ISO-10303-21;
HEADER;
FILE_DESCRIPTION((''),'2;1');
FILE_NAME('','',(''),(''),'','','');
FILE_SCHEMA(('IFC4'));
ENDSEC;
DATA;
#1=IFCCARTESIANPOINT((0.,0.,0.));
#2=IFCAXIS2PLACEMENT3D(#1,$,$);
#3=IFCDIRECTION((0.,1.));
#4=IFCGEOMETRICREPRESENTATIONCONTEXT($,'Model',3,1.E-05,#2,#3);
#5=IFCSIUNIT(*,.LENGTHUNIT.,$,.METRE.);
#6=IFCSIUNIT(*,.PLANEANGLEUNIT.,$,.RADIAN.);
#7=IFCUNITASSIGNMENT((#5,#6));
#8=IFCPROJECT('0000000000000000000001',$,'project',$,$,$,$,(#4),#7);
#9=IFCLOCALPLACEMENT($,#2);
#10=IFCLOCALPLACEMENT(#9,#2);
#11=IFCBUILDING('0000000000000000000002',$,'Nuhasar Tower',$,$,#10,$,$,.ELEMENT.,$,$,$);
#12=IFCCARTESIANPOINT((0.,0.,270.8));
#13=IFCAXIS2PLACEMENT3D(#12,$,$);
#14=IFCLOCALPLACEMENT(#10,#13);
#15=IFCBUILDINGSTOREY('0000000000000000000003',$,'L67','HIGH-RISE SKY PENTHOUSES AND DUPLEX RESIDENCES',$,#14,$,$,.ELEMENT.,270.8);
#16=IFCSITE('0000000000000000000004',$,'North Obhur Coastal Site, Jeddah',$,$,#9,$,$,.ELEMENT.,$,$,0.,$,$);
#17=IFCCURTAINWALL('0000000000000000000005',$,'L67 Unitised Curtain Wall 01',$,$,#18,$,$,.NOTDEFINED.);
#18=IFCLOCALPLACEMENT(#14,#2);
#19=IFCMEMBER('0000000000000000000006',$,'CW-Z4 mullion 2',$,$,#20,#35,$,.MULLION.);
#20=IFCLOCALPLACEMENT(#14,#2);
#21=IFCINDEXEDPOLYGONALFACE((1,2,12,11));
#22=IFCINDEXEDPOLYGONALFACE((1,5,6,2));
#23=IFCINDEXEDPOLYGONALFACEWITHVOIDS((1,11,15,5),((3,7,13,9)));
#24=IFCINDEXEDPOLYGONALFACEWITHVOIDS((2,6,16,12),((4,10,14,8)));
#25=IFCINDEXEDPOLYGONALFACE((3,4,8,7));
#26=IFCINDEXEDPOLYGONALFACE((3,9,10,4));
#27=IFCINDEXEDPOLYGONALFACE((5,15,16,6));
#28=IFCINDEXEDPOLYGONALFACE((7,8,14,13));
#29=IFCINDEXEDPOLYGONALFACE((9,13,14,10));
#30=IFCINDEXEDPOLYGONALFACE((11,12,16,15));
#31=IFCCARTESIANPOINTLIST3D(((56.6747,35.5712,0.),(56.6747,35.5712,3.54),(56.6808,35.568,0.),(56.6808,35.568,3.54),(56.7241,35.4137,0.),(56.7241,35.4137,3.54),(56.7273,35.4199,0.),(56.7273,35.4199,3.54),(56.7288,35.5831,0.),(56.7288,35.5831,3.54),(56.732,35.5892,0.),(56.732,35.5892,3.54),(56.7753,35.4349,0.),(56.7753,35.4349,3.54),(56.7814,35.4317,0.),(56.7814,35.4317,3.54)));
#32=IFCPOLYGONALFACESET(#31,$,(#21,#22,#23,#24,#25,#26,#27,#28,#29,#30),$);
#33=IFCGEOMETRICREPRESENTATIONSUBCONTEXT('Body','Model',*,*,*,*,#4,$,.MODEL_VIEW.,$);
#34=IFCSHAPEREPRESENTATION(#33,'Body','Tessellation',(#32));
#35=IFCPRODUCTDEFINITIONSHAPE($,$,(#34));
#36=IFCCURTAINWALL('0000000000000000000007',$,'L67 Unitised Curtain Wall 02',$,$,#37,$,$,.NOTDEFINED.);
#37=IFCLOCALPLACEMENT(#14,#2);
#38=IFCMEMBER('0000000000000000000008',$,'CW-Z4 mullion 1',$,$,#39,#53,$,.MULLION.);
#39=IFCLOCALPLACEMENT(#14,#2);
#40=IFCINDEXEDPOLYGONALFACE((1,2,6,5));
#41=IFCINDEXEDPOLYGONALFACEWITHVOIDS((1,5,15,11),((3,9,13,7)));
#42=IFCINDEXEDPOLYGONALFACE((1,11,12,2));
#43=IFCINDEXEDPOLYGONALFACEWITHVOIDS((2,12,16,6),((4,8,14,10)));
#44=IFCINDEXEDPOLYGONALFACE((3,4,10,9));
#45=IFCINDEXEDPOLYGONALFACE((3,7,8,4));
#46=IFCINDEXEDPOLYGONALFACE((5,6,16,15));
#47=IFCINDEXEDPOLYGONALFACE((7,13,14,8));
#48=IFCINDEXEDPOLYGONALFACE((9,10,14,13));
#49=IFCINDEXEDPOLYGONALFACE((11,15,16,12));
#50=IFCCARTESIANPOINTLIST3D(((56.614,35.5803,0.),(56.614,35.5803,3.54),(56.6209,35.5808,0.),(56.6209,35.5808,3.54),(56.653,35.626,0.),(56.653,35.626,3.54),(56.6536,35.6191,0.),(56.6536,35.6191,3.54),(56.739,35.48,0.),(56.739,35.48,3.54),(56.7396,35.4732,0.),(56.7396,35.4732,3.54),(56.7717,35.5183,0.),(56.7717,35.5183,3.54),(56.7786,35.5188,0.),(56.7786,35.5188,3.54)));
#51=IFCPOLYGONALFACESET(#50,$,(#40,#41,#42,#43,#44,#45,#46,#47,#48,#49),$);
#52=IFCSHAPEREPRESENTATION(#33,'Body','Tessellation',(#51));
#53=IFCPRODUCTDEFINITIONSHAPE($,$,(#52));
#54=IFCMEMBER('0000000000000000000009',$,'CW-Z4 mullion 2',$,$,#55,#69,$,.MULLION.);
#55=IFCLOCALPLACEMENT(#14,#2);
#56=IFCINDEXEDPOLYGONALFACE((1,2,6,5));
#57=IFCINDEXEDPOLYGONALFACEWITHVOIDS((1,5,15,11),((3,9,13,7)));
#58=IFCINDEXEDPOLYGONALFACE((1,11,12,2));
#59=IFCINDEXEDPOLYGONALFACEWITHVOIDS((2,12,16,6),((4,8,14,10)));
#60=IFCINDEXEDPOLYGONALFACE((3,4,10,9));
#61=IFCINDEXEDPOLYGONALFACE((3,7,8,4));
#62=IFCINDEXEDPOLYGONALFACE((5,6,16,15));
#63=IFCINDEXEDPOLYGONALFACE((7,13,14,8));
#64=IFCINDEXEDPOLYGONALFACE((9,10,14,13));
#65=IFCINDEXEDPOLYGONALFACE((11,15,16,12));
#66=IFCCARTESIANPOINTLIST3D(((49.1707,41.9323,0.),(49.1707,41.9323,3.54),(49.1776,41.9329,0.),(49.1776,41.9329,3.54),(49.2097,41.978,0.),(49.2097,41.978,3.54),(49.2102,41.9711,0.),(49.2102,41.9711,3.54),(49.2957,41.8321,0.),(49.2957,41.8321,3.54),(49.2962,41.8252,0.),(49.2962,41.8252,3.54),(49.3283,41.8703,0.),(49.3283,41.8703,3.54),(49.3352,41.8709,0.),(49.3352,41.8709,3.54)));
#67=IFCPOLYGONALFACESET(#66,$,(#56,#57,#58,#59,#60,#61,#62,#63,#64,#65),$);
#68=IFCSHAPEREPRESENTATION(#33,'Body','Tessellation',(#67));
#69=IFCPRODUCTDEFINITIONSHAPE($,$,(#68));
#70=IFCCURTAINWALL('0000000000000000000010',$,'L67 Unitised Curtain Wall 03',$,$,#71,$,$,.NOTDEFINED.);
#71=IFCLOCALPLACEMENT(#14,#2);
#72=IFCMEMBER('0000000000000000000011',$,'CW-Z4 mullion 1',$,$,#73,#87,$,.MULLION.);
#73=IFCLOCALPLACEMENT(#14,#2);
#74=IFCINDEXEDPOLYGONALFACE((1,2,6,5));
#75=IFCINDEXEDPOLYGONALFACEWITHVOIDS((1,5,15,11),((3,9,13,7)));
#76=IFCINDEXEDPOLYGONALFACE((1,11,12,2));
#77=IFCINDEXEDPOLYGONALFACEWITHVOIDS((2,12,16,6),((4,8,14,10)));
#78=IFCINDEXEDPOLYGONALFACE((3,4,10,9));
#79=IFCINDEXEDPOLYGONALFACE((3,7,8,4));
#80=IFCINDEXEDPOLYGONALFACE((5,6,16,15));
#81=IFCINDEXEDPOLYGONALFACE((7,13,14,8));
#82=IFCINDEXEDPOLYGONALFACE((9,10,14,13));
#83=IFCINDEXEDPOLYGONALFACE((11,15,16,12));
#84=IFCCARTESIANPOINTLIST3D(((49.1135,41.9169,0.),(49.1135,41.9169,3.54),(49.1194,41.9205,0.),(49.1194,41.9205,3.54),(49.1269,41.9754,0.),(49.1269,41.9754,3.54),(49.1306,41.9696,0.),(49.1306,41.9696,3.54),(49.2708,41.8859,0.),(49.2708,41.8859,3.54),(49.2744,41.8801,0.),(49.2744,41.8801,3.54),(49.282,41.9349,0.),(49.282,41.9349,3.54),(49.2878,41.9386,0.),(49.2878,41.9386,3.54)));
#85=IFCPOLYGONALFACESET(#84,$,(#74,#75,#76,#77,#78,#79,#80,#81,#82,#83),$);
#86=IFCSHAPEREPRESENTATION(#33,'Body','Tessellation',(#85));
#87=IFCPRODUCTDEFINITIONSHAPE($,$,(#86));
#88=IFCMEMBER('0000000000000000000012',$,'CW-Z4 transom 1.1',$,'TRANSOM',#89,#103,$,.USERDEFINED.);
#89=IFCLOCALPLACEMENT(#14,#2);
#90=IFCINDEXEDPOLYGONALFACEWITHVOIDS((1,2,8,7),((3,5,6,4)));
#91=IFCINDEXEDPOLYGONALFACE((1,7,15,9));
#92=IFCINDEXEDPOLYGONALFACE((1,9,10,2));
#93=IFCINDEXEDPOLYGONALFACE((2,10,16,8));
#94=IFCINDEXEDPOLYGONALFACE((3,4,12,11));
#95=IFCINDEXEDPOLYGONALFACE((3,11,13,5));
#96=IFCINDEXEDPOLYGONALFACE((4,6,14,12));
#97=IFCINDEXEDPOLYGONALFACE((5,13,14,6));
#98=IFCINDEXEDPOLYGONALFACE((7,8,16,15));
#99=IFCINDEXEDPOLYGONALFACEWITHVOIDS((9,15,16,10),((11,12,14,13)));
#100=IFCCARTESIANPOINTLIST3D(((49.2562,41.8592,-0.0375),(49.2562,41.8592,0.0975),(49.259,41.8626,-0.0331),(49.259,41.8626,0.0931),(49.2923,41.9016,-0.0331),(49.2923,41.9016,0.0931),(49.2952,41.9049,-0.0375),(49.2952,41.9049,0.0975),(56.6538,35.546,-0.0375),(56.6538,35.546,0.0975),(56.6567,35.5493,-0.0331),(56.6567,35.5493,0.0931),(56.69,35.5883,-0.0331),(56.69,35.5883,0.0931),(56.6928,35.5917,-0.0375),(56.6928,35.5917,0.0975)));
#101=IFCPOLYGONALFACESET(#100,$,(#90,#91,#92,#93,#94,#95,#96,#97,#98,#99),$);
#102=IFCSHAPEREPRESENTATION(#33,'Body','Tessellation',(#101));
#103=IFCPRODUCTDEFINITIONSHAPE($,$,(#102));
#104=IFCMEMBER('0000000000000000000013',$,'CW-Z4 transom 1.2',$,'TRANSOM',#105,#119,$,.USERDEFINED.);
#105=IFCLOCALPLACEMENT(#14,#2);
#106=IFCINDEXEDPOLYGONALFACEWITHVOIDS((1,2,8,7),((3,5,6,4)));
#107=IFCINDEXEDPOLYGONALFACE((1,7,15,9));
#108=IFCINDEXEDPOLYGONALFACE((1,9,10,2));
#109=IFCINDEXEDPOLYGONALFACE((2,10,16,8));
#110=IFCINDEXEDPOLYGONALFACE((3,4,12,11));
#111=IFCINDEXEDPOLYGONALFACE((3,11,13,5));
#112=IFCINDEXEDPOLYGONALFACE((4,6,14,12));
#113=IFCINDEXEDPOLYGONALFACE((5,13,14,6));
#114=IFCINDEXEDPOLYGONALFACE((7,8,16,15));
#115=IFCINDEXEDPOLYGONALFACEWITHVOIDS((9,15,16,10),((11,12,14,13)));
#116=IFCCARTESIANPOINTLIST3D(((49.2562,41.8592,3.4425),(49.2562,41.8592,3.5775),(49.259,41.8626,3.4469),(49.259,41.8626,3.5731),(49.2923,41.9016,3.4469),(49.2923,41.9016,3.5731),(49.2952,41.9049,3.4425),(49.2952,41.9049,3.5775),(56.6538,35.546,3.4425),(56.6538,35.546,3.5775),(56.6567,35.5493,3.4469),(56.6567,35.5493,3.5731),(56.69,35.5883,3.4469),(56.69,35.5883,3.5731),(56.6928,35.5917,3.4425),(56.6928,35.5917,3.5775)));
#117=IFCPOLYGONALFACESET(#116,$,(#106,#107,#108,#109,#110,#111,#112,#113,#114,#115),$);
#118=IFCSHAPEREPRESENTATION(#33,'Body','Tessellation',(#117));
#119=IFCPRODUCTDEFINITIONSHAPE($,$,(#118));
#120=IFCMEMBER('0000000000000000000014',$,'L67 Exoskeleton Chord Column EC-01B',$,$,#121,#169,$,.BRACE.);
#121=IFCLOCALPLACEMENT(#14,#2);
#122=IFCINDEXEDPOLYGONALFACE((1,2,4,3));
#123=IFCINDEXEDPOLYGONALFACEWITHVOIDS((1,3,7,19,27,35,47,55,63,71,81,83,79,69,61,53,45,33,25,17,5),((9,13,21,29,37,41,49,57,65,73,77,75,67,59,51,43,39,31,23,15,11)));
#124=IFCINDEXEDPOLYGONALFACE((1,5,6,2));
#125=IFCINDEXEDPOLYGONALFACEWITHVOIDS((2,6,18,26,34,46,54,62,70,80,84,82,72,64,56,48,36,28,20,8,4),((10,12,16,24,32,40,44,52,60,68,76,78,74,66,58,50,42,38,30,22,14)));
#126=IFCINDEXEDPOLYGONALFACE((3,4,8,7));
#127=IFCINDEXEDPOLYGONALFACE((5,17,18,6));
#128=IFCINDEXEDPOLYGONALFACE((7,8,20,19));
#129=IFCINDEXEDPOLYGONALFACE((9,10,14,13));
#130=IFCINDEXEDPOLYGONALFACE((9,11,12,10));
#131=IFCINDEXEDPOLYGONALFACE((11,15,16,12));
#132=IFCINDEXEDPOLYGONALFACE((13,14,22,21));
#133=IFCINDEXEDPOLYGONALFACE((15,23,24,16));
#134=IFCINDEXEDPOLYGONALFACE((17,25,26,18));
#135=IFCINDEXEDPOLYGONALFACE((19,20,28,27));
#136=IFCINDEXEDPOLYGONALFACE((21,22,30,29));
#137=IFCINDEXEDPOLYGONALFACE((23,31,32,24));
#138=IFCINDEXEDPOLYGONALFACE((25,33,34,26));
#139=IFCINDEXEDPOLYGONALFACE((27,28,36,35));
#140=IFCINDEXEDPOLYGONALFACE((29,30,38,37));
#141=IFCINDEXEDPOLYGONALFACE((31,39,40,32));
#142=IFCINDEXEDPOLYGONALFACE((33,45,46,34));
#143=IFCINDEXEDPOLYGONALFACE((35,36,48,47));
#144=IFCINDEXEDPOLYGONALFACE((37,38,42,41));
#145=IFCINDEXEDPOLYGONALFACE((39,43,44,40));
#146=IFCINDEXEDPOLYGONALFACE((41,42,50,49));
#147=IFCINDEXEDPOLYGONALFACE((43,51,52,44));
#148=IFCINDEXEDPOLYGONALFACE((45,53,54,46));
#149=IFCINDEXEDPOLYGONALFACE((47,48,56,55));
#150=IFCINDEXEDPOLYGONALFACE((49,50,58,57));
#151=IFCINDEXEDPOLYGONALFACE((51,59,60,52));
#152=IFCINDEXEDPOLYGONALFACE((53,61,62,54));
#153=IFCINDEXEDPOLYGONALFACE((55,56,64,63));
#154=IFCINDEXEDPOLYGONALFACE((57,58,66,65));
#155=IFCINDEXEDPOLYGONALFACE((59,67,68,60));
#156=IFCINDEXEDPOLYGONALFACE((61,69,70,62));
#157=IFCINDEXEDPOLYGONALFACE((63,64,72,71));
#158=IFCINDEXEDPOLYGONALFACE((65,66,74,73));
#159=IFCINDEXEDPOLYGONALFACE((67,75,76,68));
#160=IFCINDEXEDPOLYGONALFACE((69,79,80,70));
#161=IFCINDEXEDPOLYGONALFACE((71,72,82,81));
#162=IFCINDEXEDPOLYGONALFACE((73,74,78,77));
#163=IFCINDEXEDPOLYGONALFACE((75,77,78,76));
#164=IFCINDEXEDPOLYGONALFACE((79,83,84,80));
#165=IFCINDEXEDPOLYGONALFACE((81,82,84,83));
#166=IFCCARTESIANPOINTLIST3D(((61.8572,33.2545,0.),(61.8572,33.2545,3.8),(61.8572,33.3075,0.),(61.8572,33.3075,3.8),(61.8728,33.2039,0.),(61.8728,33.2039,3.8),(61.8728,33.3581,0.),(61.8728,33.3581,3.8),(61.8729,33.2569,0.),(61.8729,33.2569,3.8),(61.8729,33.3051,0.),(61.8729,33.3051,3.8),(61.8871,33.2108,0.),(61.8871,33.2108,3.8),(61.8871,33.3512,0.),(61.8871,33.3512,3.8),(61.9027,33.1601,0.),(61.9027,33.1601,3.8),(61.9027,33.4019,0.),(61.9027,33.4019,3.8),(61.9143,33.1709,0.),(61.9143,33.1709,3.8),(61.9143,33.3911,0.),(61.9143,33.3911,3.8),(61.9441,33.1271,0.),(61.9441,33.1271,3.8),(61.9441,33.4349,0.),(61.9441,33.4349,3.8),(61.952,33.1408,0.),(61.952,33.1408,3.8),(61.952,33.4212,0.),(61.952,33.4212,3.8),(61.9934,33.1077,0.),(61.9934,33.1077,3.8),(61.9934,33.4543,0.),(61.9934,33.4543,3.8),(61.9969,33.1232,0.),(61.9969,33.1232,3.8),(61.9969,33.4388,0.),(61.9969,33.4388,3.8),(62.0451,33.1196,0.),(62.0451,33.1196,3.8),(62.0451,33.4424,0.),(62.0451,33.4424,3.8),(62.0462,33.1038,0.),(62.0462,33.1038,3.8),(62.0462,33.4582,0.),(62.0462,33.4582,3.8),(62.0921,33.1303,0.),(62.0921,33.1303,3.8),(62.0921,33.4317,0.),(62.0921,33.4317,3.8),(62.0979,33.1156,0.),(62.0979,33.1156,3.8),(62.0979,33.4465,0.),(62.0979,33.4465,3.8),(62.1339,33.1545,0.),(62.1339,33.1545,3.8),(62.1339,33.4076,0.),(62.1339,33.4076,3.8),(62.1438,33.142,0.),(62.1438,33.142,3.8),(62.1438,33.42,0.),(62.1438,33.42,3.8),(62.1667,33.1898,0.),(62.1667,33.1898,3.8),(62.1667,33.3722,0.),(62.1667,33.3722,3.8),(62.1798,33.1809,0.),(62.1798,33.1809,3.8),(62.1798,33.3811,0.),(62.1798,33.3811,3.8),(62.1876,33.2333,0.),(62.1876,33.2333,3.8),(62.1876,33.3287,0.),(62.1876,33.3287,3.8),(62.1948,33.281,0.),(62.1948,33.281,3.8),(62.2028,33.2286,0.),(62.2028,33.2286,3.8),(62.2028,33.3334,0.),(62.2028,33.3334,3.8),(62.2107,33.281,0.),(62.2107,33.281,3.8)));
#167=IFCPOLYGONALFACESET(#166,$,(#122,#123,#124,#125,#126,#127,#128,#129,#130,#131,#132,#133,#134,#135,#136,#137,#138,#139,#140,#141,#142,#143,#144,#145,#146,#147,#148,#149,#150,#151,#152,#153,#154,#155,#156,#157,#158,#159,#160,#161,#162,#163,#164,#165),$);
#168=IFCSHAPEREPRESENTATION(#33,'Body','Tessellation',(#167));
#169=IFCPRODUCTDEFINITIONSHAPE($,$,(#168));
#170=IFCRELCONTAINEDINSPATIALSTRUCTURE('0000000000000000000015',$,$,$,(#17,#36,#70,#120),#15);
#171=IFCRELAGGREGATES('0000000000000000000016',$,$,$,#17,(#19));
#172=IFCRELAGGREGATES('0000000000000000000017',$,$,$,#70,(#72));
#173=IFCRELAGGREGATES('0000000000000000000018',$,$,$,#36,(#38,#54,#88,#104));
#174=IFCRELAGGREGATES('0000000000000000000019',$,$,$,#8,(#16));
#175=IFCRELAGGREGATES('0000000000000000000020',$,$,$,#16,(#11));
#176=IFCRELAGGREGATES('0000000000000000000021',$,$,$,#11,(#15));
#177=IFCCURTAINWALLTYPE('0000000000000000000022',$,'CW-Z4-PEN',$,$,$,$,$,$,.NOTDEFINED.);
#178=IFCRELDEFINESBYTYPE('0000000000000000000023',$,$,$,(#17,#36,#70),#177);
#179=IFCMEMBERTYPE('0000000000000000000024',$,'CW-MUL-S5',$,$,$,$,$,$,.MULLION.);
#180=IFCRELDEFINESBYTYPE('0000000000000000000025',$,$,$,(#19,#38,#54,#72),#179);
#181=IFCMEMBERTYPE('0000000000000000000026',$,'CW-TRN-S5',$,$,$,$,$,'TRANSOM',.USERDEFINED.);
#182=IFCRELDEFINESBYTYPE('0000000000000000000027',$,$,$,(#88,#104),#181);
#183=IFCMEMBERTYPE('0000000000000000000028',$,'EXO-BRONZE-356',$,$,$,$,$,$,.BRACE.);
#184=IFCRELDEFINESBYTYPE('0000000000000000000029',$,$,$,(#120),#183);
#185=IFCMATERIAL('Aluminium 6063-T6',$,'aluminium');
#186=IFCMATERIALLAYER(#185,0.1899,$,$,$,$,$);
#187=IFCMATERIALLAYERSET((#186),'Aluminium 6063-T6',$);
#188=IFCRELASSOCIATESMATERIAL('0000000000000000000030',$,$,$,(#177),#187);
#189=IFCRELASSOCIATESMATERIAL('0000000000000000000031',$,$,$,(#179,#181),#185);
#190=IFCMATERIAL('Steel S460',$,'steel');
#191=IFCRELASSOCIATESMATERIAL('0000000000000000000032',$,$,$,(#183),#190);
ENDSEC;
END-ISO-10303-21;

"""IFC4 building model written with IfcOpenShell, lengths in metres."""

from ifc_helpers import new_model, si_unit, direction, frame, origin, origin_2d, place, context, subcontext, project, spatial, hollow_rectangle, hollow_circle, extrude, material, layer, layer_set, material_profile, profile_set, type_object, element, aggregate, save


model = new_model("IFC4")

# Units and contexts
model_context = context("Model", 3, precision=1e-05, world=origin(), true_north=direction((0.0, 1.0)))
body_context = subcontext(model_context, "Body", "Model", "MODEL_VIEW")
ifc_project = project(units=[si_unit("LENGTHUNIT", "METRE"), si_unit("PLANEANGLEUNIT", "RADIAN")], contexts=[model_context])

# Site, building, storey
site_placement = place(None, origin())
site = spatial("IfcSite", under=ifc_project, at=site_placement, Name="North Obhur Coastal Site, Jeddah", CompositionType="ELEMENT", RefElevation=0.0)
building_placement = place(site_placement, origin())
building = spatial("IfcBuilding", under=site, at=building_placement, Name="Nuhasar Tower", CompositionType="ELEMENT")
storey_placement = place(building_placement, frame((0.0, 0.0, 270.8)))
storey = spatial("IfcBuildingStorey", under=building, at=storey_placement, Name="L67", Description="HIGH-RISE SKY PENTHOUSES AND DUPLEX RESIDENCES", CompositionType="ELEMENT", Elevation=270.8)

# Curtain wall, member
ifc_material_1 = material(Name="Aluminium 6063-T6", Category="aluminium")
ifc_layer_1 = layer(ifc_material_1, 0.1899)
ifc_layer_set_1 = layer_set([ifc_layer_1], Name="Aluminium 6063-T6")
curtain_wall_type = type_object("IfcCurtainWallType", Name="CW-Z4-PEN", PredefinedType="NOTDEFINED", material=ifc_layer_set_1)
curtain_wall_1_placement = place(storey_placement, origin())
curtain_wall_1 = element("IfcCurtainWall", 1, at=curtain_wall_1_placement, inside=storey, type_object=curtain_wall_type, Name="L67 Unitised Curtain Wall 01", PredefinedType="NOTDEFINED")
ifc_material_profile_1 = material_profile(ifc_material_1, hollow_rectangle(XDim=0.0601, YDim=0.165, WallThickness=0.0049, at=origin_2d()), Name="CWM-5")
ifc_profile_set_1 = profile_set([ifc_material_profile_1], Name="Aluminium 6063-T6")
member_type_1 = type_object("IfcMemberType", Name="CW-MUL-S5", PredefinedType="MULLION", material=ifc_profile_set_1)
member_1_placement = place(storey_placement, frame((56.728, 35.5015, 0.0), z_axis=(0.0, 0.0, 1.0), x_axis=(-0.954079, -0.299557, 0.0)))
member_1 = element("IfcMember", 2, at=member_1_placement, type_object=member_type_1, Name="CW-Z4 mullion 2", PredefinedType="MULLION", context=body_context, shape_type="SweptSolid", body=[
    extrude(hollow_rectangle(XDim=0.0601, YDim=0.165, WallThickness=0.0049, at=origin_2d()), origin(), (0.0, 0.0, 1.0), 3.54),
])
aggregate(curtain_wall_1, [member_1])

# Curtain wall, members
curtain_wall_2_placement = place(storey_placement, origin())
curtain_wall_2 = element("IfcCurtainWall", 3, at=curtain_wall_2_placement, inside=storey, type_object=curtain_wall_type, Name="L67 Unitised Curtain Wall 02", PredefinedType="NOTDEFINED")
member_2_placement = place(storey_placement, frame((56.6963, 35.5496, 0.0), z_axis=(0.0, 0.0, 1.0), x_axis=(-0.649142, -0.760667, 0.0)))
member_2 = element("IfcMember", 4, at=member_2_placement, type_object=member_type_1, Name="CW-Z4 mullion 1", PredefinedType="MULLION", context=body_context, shape_type="SweptSolid", body=[
    extrude(hollow_rectangle(XDim=0.0601, YDim=0.165, WallThickness=0.0049, at=origin_2d()), origin(), (0.0, 0.0, 1.0), 3.54),
])
member_3_placement = place(storey_placement, frame((49.2529, 41.9016, 0.0), z_axis=(0.0, 0.0, 1.0), x_axis=(-0.649142, -0.760667, 0.0)))
member_3 = element("IfcMember", 5, at=member_3_placement, type_object=member_type_1, Name="CW-Z4 mullion 2", PredefinedType="MULLION", context=body_context, shape_type="SweptSolid", body=[
    extrude(hollow_rectangle(XDim=0.0601, YDim=0.165, WallThickness=0.0049, at=origin_2d()), origin(), (0.0, 0.0, 1.0), 3.54),
])

# Curtain wall, member
curtain_wall_3_placement = place(storey_placement, origin())
curtain_wall_3 = element("IfcCurtainWall", 6, at=curtain_wall_3_placement, inside=storey, type_object=curtain_wall_type, Name="L67 Unitised Curtain Wall 03", PredefinedType="NOTDEFINED")
member_4_placement = place(storey_placement, frame((49.2007, 41.9277, 0.0), z_axis=(0.0, 0.0, 1.0), x_axis=(-0.222889, -0.974844, 0.0)))
member_4 = element("IfcMember", 7, at=member_4_placement, type_object=member_type_1, Name="CW-Z4 mullion 1", PredefinedType="MULLION", context=body_context, shape_type="SweptSolid", body=[
    extrude(hollow_rectangle(XDim=0.0601, YDim=0.165, WallThickness=0.0049, at=origin_2d()), origin(), (0.0, 0.0, 1.0), 3.54),
])
aggregate(curtain_wall_3, [member_4])

# Members
ifc_material_profile_2 = material_profile(ifc_material_1, hollow_rectangle(XDim=0.0601, YDim=0.135, WallThickness=0.0044, at=origin_2d()), Name="CWT-5")
ifc_profile_set_2 = profile_set([ifc_material_profile_2], Name="Aluminium 6063-T6")
member_type_2 = type_object("IfcMemberType", Name="CW-TRN-S5", ElementType="TRANSOM", PredefinedType="USERDEFINED", material=ifc_profile_set_2)
member_5_placement = place(storey_placement, frame((56.6733, 35.5688, 0.03), z_axis=(-0.76066, 0.64915, 0.0), x_axis=(-0.64915, -0.76066, 0.0)))
member_5 = element("IfcMember", 8, at=member_5_placement, type_object=member_type_2, Name="CW-Z4 transom 1.1", ObjectType="TRANSOM", PredefinedType="USERDEFINED", context=body_context, shape_type="SweptSolid", body=[
    extrude(hollow_rectangle(XDim=0.0601, YDim=0.135, WallThickness=0.0044, at=origin_2d()), origin(), (0.0, 0.0, 1.0), 9.7253),
])
member_6_placement = place(storey_placement, frame((56.6733, 35.5688, 3.51), z_axis=(-0.76066, 0.64915, 0.0), x_axis=(-0.64915, -0.76066, 0.0)))
member_6 = element("IfcMember", 9, at=member_6_placement, type_object=member_type_2, Name="CW-Z4 transom 1.2", ObjectType="TRANSOM", PredefinedType="USERDEFINED", context=body_context, shape_type="SweptSolid", body=[
    extrude(hollow_rectangle(XDim=0.0601, YDim=0.135, WallThickness=0.0044, at=origin_2d()), origin(), (0.0, 0.0, 1.0), 9.7253),
])

# Member
ifc_material_2 = material(Name="Steel S460", Category="steel")
ifc_material_profile_3 = material_profile(ifc_material_2, hollow_circle(Radius=0.1777, WallThickness=0.0159, at=origin_2d()), Name="HSS355.6X15.9")
ifc_profile_set_3 = profile_set([ifc_material_profile_3], Name="Steel S460")
member_type_3 = type_object("IfcMemberType", Name="EXO-BRONZE-356", PredefinedType="BRACE", material=ifc_profile_set_3)
for number, where, z_axis, x_axis, name in (
    (10, (62.033, 33.281, 0.0), (0.0, 0.0, 1.0), (1.0, 0.0, 0.0), "L67 Exoskeleton Chord Column EC-01B"),
):
    element("IfcMember", number, at=place(storey_placement, frame(where, z_axis=z_axis, x_axis=x_axis)), inside=storey, type_object=member_type_3, Name=name, PredefinedType="BRACE", context=body_context, shape_type="SweptSolid", body=[
        extrude(hollow_circle(Radius=0.1777, WallThickness=0.0159, at=origin_2d()), origin(), (0.0, 0.0, 1.0), 3.8),
    ])

aggregate(curtain_wall_2, [member_2, member_3, member_5, member_6])

save(model, "model.ifc")
